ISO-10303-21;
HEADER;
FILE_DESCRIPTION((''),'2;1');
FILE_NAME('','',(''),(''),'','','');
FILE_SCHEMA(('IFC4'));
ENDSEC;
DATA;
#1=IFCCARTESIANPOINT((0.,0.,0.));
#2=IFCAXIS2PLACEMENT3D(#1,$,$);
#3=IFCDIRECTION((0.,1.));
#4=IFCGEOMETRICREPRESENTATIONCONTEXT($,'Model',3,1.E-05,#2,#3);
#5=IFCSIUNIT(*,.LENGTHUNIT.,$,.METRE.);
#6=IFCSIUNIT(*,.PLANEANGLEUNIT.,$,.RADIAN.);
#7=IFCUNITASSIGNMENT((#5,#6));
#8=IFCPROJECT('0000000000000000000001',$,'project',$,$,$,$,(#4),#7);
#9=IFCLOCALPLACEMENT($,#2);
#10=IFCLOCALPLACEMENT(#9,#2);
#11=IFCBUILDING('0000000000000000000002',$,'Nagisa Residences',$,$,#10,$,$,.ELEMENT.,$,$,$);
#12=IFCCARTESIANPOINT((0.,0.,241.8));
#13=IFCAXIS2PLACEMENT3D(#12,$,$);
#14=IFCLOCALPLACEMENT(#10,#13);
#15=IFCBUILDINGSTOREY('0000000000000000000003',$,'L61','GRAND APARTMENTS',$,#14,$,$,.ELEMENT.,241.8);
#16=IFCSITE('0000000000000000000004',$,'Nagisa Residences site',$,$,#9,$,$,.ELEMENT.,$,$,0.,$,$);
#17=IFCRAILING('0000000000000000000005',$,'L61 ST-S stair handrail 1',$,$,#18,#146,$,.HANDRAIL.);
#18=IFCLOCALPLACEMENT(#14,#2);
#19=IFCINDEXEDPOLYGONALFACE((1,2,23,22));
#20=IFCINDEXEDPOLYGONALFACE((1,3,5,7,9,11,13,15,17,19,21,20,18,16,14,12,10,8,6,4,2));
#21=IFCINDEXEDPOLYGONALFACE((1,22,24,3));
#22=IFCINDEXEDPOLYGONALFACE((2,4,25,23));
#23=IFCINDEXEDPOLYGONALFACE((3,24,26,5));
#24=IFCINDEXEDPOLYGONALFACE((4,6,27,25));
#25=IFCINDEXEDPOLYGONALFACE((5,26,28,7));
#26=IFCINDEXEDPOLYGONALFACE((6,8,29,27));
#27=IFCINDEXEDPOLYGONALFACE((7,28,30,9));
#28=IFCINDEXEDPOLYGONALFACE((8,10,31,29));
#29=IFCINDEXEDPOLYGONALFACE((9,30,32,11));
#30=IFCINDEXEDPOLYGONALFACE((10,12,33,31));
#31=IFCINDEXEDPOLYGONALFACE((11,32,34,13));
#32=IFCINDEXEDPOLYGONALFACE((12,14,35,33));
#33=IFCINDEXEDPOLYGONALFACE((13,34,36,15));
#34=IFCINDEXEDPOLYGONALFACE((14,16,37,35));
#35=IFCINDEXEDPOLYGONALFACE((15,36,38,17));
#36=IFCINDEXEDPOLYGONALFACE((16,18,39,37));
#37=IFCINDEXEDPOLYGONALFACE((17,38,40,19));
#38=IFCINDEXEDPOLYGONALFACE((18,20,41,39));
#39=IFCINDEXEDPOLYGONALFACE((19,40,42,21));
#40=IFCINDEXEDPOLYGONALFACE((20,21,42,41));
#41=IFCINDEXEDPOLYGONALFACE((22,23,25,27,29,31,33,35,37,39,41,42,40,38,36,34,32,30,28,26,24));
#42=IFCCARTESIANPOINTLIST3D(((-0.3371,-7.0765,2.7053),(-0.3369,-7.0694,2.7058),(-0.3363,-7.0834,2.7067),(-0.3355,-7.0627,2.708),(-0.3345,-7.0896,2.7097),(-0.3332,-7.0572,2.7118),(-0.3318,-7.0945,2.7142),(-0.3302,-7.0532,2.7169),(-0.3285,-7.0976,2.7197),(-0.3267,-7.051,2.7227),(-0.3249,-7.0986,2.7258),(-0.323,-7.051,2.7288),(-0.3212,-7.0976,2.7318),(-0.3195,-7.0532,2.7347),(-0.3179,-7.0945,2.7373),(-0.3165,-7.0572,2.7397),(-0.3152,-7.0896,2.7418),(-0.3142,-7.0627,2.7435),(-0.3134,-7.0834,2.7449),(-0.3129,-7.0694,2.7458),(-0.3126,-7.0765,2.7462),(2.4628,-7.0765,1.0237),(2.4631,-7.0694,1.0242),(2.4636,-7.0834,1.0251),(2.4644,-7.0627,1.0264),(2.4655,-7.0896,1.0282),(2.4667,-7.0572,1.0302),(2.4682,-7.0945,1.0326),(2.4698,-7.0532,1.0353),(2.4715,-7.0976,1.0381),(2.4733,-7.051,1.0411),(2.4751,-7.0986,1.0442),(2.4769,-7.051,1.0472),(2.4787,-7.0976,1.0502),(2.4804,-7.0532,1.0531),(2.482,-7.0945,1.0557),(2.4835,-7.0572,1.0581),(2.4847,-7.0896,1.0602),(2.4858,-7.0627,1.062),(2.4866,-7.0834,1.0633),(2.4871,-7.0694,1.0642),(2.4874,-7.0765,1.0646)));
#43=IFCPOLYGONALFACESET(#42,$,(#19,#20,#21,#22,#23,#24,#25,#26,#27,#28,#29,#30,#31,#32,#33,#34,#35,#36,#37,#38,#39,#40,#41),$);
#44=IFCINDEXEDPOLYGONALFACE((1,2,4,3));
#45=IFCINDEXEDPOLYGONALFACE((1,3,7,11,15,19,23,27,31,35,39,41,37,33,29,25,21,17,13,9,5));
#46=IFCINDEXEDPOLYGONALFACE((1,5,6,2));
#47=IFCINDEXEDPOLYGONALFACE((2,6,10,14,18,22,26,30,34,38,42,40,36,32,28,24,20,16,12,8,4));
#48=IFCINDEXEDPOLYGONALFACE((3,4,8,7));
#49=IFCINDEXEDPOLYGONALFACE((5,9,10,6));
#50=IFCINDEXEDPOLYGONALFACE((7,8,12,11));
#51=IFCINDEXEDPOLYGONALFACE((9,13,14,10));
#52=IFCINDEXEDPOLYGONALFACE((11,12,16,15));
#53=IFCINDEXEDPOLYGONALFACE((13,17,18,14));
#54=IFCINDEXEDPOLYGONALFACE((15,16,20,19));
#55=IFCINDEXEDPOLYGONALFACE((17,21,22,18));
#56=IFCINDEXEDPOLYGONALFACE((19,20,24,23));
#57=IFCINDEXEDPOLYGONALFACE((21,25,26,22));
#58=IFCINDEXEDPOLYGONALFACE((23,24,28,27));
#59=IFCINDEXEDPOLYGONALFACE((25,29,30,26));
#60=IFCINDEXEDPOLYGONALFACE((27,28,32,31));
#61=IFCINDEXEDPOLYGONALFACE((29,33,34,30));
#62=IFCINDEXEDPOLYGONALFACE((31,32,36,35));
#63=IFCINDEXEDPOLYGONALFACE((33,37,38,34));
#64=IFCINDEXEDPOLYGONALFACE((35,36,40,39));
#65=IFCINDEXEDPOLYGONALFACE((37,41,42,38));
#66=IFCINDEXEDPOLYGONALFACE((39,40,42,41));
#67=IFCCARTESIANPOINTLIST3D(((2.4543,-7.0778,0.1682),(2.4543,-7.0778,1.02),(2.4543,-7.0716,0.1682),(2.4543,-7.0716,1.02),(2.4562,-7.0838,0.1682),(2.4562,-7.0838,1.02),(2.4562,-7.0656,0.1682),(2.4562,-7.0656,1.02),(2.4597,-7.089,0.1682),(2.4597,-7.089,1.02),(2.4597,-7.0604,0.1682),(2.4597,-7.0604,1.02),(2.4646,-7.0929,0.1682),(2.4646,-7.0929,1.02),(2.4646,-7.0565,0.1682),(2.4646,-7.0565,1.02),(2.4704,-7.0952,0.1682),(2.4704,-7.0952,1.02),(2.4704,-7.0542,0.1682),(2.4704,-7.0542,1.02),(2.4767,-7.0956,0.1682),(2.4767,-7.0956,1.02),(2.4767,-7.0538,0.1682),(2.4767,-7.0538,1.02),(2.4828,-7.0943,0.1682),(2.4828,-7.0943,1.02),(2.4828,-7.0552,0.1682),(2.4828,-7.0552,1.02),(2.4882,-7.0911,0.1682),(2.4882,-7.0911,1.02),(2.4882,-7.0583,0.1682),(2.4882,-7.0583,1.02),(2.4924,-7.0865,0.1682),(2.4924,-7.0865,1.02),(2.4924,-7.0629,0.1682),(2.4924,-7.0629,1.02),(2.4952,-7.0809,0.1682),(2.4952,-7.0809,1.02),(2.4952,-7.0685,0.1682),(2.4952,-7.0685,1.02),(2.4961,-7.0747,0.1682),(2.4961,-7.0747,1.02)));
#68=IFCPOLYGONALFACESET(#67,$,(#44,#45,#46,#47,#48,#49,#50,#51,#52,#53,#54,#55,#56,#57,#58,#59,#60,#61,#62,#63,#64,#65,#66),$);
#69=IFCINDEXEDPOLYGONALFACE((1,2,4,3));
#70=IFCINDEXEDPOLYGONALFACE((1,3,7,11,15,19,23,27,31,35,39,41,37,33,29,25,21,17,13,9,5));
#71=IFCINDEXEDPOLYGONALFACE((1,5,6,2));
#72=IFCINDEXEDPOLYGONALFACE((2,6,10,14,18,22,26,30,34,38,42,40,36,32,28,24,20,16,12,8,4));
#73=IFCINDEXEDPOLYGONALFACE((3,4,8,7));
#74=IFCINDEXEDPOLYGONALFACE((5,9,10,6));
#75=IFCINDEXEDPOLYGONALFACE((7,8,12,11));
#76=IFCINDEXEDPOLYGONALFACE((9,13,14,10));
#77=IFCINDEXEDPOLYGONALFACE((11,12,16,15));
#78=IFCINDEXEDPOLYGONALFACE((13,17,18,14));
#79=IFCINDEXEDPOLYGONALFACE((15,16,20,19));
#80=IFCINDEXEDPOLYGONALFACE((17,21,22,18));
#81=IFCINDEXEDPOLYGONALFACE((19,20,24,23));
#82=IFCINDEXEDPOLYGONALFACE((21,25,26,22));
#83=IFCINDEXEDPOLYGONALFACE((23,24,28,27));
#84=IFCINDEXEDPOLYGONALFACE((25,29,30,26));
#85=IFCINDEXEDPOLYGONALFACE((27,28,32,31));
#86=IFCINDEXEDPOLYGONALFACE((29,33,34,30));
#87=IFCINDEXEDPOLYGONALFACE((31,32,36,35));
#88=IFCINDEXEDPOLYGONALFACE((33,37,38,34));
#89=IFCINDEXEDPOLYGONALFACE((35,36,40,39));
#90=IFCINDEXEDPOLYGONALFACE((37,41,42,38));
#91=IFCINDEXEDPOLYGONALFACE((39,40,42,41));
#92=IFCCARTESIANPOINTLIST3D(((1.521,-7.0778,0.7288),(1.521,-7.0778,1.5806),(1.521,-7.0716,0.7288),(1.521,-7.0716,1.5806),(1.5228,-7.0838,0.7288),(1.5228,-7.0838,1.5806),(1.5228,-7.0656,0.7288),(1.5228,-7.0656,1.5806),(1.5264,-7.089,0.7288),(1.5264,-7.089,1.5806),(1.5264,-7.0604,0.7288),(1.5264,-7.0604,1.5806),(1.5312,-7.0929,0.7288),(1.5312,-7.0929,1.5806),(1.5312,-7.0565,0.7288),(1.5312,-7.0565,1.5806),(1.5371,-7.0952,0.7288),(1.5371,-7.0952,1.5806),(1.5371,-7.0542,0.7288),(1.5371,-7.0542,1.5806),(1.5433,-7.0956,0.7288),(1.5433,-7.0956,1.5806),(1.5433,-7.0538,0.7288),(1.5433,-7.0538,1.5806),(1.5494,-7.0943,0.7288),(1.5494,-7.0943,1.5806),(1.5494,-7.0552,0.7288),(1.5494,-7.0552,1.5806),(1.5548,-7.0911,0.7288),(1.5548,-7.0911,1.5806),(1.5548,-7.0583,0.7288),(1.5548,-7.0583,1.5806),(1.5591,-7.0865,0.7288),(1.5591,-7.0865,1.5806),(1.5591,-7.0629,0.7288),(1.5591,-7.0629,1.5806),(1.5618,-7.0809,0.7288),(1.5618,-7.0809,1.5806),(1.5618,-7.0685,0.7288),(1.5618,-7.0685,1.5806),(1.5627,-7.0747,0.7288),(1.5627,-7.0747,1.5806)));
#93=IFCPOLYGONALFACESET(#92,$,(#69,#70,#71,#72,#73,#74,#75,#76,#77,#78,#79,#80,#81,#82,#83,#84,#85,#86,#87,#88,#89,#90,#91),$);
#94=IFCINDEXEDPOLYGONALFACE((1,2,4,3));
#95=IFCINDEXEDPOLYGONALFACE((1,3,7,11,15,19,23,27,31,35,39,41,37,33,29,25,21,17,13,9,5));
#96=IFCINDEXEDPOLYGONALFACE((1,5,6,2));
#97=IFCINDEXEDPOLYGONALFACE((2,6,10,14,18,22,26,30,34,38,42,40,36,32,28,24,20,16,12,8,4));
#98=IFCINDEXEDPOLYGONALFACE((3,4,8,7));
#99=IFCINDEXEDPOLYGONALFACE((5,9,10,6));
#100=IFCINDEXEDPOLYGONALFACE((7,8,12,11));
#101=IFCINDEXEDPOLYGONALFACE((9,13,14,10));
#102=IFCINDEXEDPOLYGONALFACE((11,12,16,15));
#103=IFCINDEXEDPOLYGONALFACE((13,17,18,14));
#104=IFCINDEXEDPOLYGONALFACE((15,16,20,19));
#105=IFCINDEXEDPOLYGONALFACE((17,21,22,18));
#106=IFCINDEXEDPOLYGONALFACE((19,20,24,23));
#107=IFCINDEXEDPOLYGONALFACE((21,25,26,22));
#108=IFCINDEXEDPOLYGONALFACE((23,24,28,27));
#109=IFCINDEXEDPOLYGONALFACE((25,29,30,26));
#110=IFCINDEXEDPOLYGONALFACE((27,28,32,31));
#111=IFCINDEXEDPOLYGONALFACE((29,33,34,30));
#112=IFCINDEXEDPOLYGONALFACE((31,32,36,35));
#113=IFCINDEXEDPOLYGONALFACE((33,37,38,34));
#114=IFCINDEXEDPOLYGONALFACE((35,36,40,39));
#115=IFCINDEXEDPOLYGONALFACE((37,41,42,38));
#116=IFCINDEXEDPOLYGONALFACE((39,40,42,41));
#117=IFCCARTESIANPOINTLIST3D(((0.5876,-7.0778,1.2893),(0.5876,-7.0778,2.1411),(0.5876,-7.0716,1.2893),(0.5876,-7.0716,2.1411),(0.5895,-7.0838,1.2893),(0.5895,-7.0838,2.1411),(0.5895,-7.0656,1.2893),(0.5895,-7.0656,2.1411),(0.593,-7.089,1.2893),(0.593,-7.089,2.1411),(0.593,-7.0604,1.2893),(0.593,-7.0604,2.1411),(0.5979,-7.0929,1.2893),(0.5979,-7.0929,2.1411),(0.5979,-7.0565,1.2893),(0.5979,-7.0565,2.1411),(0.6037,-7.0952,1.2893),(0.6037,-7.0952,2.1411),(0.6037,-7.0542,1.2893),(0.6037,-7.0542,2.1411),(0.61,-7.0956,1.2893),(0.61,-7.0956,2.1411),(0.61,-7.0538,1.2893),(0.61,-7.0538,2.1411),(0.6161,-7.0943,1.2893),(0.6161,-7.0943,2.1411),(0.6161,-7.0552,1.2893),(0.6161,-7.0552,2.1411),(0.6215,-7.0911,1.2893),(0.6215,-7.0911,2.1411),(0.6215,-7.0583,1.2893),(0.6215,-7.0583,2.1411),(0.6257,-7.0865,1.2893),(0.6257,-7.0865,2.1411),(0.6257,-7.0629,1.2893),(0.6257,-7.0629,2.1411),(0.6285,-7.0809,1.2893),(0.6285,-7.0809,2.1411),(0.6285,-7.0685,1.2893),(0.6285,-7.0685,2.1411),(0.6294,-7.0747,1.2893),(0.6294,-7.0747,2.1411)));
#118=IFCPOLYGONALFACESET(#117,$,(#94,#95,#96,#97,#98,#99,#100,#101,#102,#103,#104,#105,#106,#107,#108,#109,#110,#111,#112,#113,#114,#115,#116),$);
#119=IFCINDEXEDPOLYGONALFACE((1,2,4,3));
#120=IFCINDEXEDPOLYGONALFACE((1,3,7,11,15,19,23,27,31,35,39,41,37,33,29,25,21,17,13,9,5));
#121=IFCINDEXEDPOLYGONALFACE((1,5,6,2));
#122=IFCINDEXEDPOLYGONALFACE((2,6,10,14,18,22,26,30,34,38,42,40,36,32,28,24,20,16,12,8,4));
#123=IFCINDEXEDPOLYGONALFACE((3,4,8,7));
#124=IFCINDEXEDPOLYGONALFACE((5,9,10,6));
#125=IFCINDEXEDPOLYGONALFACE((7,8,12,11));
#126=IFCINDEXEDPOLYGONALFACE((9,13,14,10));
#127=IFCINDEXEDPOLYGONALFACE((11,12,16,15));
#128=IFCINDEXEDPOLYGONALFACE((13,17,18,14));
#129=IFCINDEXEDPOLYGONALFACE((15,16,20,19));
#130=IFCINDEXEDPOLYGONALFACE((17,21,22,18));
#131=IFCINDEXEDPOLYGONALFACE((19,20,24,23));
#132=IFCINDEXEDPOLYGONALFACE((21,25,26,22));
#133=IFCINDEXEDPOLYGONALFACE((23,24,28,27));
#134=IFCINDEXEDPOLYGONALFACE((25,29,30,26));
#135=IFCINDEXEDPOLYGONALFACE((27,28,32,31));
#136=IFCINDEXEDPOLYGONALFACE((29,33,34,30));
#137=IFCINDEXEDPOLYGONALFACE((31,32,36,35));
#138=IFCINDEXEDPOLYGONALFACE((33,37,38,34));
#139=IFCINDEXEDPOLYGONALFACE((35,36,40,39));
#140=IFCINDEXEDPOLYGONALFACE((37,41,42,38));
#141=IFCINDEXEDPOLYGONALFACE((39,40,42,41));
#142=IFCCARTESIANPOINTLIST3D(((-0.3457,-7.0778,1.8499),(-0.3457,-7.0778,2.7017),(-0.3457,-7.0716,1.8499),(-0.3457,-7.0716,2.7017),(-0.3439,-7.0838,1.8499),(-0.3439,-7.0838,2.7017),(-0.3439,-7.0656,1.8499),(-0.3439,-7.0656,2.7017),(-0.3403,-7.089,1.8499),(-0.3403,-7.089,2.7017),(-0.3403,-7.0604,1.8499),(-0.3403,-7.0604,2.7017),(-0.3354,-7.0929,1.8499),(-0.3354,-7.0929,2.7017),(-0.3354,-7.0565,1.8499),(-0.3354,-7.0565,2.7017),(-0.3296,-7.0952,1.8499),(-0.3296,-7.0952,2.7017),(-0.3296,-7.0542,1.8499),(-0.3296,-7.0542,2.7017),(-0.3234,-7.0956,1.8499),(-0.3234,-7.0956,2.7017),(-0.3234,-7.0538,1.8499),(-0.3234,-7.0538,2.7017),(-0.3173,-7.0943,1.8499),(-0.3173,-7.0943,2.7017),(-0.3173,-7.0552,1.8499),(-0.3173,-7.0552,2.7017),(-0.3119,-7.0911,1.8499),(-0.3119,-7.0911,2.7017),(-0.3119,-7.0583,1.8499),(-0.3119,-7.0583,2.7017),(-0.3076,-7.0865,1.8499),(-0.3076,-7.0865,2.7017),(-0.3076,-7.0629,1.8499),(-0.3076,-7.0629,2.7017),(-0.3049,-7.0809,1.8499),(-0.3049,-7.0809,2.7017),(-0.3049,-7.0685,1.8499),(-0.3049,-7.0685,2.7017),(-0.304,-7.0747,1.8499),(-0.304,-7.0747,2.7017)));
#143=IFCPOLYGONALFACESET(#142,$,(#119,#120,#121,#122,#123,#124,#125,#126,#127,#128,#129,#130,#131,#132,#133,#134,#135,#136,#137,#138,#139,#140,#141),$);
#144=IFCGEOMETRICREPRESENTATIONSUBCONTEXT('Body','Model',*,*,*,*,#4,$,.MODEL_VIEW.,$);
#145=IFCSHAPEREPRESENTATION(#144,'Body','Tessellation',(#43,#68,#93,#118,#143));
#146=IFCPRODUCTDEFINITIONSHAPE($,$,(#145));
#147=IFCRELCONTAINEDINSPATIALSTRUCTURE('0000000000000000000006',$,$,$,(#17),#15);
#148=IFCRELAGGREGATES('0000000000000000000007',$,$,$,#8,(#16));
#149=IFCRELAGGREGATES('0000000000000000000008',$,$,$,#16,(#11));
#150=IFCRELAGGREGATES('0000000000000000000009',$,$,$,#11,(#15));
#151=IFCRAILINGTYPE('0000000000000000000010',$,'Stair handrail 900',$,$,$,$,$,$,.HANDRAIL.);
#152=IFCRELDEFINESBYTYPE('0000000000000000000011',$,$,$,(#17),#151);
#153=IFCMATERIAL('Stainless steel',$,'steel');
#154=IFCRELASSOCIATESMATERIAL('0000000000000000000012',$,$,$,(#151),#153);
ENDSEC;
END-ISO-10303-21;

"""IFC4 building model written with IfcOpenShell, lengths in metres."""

from ifc_helpers import new_model, si_unit, direction, frame, origin, origin_2d, place, context, subcontext, project, spatial, circle, extrude, material, type_object, element, save


model = new_model("IFC4")

# Units and contexts
model_context = context("Model", 3, precision=1e-05, world=origin(), true_north=direction((0.0, 1.0)))
body_context = subcontext(model_context, "Body", "Model", "MODEL_VIEW")
ifc_project = project(units=[si_unit("LENGTHUNIT", "METRE"), si_unit("PLANEANGLEUNIT", "RADIAN")], contexts=[model_context])

# Site, building, storey
site_placement = place(None, origin())
site = spatial("IfcSite", under=ifc_project, at=site_placement, Name="Nagisa Residences site", CompositionType="ELEMENT", RefElevation=0.0)
building_placement = place(site_placement, origin())
building = spatial("IfcBuilding", under=site, at=building_placement, Name="Nagisa Residences", CompositionType="ELEMENT")
storey_placement = place(building_placement, frame((0.0, 0.0, 241.8)))
storey = spatial("IfcBuildingStorey", under=building, at=storey_placement, Name="L61", Description="GRAND APARTMENTS", CompositionType="ELEMENT", Elevation=241.8)

# Railing
ifc_material_1 = material(Name="Stainless steel", Category="steel")
railing_type_1 = type_object("IfcRailingType", Name="Stair handrail 900", PredefinedType="HANDRAIL", material=ifc_material_1)
railing_1_placement = place(storey_placement, frame((2.4751, -7.0747, 0.1682)))
element("IfcRailing", 1, at=railing_1_placement, inside=storey, type_object=railing_type_1, Name="L61 ST-S stair handrail 1", PredefinedType="HANDRAIL", context=body_context, shape_type="SweptSolid", body=[
    extrude(circle(Radius=0.0239, at=origin_2d()), frame((0.0, 0.0, 0.876), z_axis=(-0.857275, 0.0, 0.514858), x_axis=(0.0, -1.0, 0.0)), (0.0, 0.0, 1.0), 3.2661),
    extrude(circle(Radius=0.021, at=origin_2d()), origin(), (0.0, 0.0, 1.0), 0.8518),
    extrude(circle(Radius=0.021, at=origin_2d()), frame((-0.9333, 0.0, 0.5605)), (0.0, 0.0, 1.0), 0.8518),
    extrude(circle(Radius=0.021, at=origin_2d()), frame((-1.8667, 0.0, 1.1211)), (0.0, 0.0, 1.0), 0.8518),
    extrude(circle(Radius=0.021, at=origin_2d()), frame((-2.8, 0.0, 1.6816)), (0.0, 0.0, 1.0), 0.8518),
])

save(model, "model.ifc")
